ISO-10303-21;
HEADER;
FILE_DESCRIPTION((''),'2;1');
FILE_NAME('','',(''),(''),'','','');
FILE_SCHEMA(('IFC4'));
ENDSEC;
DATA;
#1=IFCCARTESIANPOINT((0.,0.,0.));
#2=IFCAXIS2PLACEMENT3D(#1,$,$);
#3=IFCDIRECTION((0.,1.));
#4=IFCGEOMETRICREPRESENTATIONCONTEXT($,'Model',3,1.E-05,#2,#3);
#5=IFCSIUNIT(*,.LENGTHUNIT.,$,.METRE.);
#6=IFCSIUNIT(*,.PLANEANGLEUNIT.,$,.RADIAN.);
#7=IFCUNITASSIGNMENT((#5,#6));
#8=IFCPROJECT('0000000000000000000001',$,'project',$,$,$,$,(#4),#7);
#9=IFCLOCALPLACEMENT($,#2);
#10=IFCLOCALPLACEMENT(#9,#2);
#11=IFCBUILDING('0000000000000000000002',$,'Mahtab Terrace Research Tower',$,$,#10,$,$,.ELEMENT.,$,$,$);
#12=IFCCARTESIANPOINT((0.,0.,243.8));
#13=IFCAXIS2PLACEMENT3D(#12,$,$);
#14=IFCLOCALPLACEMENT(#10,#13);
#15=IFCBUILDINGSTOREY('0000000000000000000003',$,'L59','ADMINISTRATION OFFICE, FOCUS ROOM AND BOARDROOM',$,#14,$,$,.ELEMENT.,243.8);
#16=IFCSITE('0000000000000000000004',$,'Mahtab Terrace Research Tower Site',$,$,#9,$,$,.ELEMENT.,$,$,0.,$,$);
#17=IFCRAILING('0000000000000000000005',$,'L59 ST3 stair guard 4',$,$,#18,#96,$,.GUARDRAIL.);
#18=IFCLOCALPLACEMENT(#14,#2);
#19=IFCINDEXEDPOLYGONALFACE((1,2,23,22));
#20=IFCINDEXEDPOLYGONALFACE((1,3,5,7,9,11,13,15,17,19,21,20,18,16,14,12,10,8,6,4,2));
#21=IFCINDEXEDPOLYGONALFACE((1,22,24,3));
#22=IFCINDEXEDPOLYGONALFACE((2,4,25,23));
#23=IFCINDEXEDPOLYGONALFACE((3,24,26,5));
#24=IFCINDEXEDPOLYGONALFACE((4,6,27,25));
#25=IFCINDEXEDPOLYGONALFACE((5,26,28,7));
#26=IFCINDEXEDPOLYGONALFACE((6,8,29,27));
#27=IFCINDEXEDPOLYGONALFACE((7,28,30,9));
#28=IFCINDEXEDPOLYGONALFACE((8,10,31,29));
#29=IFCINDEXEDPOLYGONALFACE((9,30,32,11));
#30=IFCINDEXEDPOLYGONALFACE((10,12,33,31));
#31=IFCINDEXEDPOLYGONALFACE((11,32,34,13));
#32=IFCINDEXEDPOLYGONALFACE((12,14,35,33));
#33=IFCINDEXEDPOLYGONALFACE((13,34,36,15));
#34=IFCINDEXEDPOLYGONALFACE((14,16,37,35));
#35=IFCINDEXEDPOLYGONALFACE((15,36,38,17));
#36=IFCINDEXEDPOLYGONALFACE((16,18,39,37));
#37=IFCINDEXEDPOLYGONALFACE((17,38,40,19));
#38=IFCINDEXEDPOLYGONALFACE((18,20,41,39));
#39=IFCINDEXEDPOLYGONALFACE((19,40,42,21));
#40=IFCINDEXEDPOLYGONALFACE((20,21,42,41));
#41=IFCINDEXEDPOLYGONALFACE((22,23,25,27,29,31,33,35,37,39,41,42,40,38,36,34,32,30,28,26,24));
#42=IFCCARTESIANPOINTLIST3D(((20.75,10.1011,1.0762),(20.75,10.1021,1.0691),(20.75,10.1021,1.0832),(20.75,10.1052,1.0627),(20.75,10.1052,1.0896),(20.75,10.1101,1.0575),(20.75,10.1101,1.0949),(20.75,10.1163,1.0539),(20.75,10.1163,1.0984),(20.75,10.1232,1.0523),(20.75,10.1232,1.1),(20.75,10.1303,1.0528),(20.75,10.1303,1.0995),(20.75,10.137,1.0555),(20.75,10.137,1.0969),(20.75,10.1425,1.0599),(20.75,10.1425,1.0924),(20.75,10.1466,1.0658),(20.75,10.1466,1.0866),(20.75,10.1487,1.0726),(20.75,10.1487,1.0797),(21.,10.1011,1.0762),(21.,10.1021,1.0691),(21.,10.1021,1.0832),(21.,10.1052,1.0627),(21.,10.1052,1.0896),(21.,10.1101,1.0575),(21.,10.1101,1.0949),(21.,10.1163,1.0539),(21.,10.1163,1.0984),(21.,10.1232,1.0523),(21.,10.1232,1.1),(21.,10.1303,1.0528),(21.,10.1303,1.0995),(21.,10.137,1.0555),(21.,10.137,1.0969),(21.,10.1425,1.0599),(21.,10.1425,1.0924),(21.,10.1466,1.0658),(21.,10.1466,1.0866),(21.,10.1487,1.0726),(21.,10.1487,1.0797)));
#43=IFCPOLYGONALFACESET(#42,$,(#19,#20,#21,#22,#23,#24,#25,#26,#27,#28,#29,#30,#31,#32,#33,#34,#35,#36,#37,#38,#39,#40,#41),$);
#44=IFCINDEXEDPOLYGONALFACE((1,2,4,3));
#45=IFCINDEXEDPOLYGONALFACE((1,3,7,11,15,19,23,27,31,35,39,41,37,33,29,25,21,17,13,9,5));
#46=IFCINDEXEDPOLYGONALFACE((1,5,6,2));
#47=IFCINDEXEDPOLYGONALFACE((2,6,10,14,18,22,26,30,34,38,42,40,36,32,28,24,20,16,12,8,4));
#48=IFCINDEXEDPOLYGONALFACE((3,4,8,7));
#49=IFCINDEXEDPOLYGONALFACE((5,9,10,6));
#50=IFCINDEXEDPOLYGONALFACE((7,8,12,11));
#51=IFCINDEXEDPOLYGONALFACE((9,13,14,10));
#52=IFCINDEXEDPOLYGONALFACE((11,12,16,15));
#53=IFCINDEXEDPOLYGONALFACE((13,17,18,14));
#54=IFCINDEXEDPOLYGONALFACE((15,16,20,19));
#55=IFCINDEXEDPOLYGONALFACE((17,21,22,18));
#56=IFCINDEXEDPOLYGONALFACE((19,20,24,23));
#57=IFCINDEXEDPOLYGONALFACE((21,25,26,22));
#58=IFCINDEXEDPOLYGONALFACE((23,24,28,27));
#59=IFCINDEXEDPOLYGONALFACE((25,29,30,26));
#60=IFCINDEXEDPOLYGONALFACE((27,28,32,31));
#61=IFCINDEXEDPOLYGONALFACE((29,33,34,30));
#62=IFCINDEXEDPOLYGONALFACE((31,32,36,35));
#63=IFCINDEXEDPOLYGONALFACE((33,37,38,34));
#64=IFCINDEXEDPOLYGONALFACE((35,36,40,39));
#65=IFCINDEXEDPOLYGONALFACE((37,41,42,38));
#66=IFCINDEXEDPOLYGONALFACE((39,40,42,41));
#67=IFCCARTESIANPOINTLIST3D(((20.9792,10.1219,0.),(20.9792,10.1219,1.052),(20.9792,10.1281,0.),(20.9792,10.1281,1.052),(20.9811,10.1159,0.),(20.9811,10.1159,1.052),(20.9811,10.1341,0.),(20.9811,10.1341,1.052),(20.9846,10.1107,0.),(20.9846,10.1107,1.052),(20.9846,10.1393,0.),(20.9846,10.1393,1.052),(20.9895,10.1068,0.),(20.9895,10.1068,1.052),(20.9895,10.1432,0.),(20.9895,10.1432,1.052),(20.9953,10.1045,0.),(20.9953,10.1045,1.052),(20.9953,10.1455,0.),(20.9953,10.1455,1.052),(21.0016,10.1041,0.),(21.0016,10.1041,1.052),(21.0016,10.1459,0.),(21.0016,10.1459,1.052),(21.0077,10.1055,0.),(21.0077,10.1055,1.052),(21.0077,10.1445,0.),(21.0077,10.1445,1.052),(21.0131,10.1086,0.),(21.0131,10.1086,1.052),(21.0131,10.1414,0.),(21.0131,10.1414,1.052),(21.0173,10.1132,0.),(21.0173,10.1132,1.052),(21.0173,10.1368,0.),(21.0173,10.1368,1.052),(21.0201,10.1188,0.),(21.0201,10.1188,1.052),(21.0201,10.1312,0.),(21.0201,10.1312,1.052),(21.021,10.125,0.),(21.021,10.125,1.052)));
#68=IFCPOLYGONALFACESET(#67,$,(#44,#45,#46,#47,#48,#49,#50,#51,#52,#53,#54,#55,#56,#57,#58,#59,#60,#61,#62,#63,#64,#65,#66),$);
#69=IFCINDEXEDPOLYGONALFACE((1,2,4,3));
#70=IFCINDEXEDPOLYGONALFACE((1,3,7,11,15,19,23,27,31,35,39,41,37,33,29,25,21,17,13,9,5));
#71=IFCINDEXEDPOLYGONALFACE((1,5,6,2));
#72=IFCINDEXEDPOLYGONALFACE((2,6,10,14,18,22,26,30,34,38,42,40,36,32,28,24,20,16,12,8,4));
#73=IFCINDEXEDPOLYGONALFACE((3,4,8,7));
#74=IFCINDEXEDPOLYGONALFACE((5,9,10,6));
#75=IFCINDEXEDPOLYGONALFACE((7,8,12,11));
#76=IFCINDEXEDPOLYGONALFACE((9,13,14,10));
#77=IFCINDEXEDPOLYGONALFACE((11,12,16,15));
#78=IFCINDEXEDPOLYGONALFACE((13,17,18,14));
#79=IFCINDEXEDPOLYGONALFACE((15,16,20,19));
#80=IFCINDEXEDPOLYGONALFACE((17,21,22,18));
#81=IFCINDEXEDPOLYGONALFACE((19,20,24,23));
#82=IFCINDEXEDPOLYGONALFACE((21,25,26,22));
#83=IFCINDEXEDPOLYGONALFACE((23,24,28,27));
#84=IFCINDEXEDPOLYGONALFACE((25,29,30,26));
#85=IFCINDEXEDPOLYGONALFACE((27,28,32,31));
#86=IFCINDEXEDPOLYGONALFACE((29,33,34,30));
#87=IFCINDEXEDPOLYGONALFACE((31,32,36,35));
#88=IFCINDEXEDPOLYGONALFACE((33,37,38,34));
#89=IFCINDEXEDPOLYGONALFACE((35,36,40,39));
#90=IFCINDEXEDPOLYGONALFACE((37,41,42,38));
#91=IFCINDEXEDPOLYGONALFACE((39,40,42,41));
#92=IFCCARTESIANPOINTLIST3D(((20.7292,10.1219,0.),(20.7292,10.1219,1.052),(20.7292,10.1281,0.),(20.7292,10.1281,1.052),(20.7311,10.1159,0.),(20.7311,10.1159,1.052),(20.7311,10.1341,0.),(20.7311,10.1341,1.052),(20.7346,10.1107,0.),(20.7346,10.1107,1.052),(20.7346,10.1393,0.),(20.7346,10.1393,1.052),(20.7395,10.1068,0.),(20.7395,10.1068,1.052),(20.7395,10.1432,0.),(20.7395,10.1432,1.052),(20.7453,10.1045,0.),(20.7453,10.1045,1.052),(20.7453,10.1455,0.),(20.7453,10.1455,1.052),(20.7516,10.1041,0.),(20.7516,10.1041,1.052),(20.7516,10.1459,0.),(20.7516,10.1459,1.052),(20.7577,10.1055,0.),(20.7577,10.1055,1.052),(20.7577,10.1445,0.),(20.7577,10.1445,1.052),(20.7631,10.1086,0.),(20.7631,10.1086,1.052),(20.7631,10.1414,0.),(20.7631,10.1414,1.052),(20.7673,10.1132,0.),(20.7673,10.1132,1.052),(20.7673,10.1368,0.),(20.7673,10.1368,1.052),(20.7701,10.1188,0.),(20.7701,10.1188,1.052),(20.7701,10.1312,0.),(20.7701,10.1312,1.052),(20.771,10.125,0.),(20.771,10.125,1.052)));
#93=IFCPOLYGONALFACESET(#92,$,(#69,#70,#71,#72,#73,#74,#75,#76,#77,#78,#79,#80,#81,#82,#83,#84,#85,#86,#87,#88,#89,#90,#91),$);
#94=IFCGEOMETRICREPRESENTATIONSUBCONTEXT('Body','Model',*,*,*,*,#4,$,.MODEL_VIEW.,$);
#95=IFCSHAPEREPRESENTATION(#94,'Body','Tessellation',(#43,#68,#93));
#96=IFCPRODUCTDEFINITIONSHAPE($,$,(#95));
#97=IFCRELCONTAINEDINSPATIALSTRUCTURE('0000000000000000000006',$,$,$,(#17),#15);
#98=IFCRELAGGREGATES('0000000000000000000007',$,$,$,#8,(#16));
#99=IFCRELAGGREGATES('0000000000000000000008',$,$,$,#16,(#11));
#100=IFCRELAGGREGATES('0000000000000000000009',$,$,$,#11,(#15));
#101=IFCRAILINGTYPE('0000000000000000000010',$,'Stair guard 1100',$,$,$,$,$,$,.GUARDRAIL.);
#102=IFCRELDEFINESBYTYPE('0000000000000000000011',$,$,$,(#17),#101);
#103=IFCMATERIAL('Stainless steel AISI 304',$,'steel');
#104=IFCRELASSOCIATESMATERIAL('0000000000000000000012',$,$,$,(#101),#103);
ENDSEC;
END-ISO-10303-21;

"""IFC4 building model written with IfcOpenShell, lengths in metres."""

from ifc_helpers import new_model, si_unit, direction, frame, origin, origin_2d, place, context, subcontext, project, spatial, circle, extrude, material, type_object, element, save


model = new_model("IFC4")

# Units and contexts
model_context = context("Model", 3, precision=1e-05, world=origin(), true_north=direction((0.0, 1.0)))
body_context = subcontext(model_context, "Body", "Model", "MODEL_VIEW")
ifc_project = project(units=[si_unit("LENGTHUNIT", "METRE"), si_unit("PLANEANGLEUNIT", "RADIAN")], contexts=[model_context])

# Site, building, storey
site_placement = place(None, origin())
site = spatial("IfcSite", under=ifc_project, at=site_placement, Name="Mahtab Terrace Research Tower Site", CompositionType="ELEMENT", RefElevation=0.0)
building_placement = place(site_placement, origin())
building = spatial("IfcBuilding", under=site, at=building_placement, Name="Mahtab Terrace Research Tower", CompositionType="ELEMENT")
storey_placement = place(building_placement, frame((0.0, 0.0, 243.8)))
storey = spatial("IfcBuildingStorey", under=building, at=storey_placement, Name="L59", Description="ADMINISTRATION OFFICE, FOCUS ROOM AND BOARDROOM", CompositionType="ELEMENT", Elevation=243.8)

# Railing
ifc_material_1 = material(Name="Stainless steel AISI 304", Category="steel")
railing_type_1 = type_object("IfcRailingType", Name="Stair guard 1100", PredefinedType="GUARDRAIL", material=ifc_material_1)
railing_1_placement = place(storey_placement, frame((21.0, 10.125, 0.0)))
element("IfcRailing", 1, at=railing_1_placement, inside=storey, type_object=railing_type_1, Name="L59 ST3 stair guard 4", PredefinedType="GUARDRAIL", context=body_context, shape_type="SweptSolid", body=[
    extrude(circle(Radius=0.0239, at=origin_2d()), frame((0.0, 0.0, 1.0762), z_axis=(-1.0, 0.0, 0.0), x_axis=(0.0, -1.0, 0.0)), (0.0, 0.0, 1.0), 0.25),
    extrude(circle(Radius=0.021, at=origin_2d()), origin(), (0.0, 0.0, 1.0), 1.052),
    extrude(circle(Radius=0.021, at=origin_2d()), frame((-0.25, 0.0, 0.0)), (0.0, 0.0, 1.0), 1.052),
])

save(model, "model.ifc")
